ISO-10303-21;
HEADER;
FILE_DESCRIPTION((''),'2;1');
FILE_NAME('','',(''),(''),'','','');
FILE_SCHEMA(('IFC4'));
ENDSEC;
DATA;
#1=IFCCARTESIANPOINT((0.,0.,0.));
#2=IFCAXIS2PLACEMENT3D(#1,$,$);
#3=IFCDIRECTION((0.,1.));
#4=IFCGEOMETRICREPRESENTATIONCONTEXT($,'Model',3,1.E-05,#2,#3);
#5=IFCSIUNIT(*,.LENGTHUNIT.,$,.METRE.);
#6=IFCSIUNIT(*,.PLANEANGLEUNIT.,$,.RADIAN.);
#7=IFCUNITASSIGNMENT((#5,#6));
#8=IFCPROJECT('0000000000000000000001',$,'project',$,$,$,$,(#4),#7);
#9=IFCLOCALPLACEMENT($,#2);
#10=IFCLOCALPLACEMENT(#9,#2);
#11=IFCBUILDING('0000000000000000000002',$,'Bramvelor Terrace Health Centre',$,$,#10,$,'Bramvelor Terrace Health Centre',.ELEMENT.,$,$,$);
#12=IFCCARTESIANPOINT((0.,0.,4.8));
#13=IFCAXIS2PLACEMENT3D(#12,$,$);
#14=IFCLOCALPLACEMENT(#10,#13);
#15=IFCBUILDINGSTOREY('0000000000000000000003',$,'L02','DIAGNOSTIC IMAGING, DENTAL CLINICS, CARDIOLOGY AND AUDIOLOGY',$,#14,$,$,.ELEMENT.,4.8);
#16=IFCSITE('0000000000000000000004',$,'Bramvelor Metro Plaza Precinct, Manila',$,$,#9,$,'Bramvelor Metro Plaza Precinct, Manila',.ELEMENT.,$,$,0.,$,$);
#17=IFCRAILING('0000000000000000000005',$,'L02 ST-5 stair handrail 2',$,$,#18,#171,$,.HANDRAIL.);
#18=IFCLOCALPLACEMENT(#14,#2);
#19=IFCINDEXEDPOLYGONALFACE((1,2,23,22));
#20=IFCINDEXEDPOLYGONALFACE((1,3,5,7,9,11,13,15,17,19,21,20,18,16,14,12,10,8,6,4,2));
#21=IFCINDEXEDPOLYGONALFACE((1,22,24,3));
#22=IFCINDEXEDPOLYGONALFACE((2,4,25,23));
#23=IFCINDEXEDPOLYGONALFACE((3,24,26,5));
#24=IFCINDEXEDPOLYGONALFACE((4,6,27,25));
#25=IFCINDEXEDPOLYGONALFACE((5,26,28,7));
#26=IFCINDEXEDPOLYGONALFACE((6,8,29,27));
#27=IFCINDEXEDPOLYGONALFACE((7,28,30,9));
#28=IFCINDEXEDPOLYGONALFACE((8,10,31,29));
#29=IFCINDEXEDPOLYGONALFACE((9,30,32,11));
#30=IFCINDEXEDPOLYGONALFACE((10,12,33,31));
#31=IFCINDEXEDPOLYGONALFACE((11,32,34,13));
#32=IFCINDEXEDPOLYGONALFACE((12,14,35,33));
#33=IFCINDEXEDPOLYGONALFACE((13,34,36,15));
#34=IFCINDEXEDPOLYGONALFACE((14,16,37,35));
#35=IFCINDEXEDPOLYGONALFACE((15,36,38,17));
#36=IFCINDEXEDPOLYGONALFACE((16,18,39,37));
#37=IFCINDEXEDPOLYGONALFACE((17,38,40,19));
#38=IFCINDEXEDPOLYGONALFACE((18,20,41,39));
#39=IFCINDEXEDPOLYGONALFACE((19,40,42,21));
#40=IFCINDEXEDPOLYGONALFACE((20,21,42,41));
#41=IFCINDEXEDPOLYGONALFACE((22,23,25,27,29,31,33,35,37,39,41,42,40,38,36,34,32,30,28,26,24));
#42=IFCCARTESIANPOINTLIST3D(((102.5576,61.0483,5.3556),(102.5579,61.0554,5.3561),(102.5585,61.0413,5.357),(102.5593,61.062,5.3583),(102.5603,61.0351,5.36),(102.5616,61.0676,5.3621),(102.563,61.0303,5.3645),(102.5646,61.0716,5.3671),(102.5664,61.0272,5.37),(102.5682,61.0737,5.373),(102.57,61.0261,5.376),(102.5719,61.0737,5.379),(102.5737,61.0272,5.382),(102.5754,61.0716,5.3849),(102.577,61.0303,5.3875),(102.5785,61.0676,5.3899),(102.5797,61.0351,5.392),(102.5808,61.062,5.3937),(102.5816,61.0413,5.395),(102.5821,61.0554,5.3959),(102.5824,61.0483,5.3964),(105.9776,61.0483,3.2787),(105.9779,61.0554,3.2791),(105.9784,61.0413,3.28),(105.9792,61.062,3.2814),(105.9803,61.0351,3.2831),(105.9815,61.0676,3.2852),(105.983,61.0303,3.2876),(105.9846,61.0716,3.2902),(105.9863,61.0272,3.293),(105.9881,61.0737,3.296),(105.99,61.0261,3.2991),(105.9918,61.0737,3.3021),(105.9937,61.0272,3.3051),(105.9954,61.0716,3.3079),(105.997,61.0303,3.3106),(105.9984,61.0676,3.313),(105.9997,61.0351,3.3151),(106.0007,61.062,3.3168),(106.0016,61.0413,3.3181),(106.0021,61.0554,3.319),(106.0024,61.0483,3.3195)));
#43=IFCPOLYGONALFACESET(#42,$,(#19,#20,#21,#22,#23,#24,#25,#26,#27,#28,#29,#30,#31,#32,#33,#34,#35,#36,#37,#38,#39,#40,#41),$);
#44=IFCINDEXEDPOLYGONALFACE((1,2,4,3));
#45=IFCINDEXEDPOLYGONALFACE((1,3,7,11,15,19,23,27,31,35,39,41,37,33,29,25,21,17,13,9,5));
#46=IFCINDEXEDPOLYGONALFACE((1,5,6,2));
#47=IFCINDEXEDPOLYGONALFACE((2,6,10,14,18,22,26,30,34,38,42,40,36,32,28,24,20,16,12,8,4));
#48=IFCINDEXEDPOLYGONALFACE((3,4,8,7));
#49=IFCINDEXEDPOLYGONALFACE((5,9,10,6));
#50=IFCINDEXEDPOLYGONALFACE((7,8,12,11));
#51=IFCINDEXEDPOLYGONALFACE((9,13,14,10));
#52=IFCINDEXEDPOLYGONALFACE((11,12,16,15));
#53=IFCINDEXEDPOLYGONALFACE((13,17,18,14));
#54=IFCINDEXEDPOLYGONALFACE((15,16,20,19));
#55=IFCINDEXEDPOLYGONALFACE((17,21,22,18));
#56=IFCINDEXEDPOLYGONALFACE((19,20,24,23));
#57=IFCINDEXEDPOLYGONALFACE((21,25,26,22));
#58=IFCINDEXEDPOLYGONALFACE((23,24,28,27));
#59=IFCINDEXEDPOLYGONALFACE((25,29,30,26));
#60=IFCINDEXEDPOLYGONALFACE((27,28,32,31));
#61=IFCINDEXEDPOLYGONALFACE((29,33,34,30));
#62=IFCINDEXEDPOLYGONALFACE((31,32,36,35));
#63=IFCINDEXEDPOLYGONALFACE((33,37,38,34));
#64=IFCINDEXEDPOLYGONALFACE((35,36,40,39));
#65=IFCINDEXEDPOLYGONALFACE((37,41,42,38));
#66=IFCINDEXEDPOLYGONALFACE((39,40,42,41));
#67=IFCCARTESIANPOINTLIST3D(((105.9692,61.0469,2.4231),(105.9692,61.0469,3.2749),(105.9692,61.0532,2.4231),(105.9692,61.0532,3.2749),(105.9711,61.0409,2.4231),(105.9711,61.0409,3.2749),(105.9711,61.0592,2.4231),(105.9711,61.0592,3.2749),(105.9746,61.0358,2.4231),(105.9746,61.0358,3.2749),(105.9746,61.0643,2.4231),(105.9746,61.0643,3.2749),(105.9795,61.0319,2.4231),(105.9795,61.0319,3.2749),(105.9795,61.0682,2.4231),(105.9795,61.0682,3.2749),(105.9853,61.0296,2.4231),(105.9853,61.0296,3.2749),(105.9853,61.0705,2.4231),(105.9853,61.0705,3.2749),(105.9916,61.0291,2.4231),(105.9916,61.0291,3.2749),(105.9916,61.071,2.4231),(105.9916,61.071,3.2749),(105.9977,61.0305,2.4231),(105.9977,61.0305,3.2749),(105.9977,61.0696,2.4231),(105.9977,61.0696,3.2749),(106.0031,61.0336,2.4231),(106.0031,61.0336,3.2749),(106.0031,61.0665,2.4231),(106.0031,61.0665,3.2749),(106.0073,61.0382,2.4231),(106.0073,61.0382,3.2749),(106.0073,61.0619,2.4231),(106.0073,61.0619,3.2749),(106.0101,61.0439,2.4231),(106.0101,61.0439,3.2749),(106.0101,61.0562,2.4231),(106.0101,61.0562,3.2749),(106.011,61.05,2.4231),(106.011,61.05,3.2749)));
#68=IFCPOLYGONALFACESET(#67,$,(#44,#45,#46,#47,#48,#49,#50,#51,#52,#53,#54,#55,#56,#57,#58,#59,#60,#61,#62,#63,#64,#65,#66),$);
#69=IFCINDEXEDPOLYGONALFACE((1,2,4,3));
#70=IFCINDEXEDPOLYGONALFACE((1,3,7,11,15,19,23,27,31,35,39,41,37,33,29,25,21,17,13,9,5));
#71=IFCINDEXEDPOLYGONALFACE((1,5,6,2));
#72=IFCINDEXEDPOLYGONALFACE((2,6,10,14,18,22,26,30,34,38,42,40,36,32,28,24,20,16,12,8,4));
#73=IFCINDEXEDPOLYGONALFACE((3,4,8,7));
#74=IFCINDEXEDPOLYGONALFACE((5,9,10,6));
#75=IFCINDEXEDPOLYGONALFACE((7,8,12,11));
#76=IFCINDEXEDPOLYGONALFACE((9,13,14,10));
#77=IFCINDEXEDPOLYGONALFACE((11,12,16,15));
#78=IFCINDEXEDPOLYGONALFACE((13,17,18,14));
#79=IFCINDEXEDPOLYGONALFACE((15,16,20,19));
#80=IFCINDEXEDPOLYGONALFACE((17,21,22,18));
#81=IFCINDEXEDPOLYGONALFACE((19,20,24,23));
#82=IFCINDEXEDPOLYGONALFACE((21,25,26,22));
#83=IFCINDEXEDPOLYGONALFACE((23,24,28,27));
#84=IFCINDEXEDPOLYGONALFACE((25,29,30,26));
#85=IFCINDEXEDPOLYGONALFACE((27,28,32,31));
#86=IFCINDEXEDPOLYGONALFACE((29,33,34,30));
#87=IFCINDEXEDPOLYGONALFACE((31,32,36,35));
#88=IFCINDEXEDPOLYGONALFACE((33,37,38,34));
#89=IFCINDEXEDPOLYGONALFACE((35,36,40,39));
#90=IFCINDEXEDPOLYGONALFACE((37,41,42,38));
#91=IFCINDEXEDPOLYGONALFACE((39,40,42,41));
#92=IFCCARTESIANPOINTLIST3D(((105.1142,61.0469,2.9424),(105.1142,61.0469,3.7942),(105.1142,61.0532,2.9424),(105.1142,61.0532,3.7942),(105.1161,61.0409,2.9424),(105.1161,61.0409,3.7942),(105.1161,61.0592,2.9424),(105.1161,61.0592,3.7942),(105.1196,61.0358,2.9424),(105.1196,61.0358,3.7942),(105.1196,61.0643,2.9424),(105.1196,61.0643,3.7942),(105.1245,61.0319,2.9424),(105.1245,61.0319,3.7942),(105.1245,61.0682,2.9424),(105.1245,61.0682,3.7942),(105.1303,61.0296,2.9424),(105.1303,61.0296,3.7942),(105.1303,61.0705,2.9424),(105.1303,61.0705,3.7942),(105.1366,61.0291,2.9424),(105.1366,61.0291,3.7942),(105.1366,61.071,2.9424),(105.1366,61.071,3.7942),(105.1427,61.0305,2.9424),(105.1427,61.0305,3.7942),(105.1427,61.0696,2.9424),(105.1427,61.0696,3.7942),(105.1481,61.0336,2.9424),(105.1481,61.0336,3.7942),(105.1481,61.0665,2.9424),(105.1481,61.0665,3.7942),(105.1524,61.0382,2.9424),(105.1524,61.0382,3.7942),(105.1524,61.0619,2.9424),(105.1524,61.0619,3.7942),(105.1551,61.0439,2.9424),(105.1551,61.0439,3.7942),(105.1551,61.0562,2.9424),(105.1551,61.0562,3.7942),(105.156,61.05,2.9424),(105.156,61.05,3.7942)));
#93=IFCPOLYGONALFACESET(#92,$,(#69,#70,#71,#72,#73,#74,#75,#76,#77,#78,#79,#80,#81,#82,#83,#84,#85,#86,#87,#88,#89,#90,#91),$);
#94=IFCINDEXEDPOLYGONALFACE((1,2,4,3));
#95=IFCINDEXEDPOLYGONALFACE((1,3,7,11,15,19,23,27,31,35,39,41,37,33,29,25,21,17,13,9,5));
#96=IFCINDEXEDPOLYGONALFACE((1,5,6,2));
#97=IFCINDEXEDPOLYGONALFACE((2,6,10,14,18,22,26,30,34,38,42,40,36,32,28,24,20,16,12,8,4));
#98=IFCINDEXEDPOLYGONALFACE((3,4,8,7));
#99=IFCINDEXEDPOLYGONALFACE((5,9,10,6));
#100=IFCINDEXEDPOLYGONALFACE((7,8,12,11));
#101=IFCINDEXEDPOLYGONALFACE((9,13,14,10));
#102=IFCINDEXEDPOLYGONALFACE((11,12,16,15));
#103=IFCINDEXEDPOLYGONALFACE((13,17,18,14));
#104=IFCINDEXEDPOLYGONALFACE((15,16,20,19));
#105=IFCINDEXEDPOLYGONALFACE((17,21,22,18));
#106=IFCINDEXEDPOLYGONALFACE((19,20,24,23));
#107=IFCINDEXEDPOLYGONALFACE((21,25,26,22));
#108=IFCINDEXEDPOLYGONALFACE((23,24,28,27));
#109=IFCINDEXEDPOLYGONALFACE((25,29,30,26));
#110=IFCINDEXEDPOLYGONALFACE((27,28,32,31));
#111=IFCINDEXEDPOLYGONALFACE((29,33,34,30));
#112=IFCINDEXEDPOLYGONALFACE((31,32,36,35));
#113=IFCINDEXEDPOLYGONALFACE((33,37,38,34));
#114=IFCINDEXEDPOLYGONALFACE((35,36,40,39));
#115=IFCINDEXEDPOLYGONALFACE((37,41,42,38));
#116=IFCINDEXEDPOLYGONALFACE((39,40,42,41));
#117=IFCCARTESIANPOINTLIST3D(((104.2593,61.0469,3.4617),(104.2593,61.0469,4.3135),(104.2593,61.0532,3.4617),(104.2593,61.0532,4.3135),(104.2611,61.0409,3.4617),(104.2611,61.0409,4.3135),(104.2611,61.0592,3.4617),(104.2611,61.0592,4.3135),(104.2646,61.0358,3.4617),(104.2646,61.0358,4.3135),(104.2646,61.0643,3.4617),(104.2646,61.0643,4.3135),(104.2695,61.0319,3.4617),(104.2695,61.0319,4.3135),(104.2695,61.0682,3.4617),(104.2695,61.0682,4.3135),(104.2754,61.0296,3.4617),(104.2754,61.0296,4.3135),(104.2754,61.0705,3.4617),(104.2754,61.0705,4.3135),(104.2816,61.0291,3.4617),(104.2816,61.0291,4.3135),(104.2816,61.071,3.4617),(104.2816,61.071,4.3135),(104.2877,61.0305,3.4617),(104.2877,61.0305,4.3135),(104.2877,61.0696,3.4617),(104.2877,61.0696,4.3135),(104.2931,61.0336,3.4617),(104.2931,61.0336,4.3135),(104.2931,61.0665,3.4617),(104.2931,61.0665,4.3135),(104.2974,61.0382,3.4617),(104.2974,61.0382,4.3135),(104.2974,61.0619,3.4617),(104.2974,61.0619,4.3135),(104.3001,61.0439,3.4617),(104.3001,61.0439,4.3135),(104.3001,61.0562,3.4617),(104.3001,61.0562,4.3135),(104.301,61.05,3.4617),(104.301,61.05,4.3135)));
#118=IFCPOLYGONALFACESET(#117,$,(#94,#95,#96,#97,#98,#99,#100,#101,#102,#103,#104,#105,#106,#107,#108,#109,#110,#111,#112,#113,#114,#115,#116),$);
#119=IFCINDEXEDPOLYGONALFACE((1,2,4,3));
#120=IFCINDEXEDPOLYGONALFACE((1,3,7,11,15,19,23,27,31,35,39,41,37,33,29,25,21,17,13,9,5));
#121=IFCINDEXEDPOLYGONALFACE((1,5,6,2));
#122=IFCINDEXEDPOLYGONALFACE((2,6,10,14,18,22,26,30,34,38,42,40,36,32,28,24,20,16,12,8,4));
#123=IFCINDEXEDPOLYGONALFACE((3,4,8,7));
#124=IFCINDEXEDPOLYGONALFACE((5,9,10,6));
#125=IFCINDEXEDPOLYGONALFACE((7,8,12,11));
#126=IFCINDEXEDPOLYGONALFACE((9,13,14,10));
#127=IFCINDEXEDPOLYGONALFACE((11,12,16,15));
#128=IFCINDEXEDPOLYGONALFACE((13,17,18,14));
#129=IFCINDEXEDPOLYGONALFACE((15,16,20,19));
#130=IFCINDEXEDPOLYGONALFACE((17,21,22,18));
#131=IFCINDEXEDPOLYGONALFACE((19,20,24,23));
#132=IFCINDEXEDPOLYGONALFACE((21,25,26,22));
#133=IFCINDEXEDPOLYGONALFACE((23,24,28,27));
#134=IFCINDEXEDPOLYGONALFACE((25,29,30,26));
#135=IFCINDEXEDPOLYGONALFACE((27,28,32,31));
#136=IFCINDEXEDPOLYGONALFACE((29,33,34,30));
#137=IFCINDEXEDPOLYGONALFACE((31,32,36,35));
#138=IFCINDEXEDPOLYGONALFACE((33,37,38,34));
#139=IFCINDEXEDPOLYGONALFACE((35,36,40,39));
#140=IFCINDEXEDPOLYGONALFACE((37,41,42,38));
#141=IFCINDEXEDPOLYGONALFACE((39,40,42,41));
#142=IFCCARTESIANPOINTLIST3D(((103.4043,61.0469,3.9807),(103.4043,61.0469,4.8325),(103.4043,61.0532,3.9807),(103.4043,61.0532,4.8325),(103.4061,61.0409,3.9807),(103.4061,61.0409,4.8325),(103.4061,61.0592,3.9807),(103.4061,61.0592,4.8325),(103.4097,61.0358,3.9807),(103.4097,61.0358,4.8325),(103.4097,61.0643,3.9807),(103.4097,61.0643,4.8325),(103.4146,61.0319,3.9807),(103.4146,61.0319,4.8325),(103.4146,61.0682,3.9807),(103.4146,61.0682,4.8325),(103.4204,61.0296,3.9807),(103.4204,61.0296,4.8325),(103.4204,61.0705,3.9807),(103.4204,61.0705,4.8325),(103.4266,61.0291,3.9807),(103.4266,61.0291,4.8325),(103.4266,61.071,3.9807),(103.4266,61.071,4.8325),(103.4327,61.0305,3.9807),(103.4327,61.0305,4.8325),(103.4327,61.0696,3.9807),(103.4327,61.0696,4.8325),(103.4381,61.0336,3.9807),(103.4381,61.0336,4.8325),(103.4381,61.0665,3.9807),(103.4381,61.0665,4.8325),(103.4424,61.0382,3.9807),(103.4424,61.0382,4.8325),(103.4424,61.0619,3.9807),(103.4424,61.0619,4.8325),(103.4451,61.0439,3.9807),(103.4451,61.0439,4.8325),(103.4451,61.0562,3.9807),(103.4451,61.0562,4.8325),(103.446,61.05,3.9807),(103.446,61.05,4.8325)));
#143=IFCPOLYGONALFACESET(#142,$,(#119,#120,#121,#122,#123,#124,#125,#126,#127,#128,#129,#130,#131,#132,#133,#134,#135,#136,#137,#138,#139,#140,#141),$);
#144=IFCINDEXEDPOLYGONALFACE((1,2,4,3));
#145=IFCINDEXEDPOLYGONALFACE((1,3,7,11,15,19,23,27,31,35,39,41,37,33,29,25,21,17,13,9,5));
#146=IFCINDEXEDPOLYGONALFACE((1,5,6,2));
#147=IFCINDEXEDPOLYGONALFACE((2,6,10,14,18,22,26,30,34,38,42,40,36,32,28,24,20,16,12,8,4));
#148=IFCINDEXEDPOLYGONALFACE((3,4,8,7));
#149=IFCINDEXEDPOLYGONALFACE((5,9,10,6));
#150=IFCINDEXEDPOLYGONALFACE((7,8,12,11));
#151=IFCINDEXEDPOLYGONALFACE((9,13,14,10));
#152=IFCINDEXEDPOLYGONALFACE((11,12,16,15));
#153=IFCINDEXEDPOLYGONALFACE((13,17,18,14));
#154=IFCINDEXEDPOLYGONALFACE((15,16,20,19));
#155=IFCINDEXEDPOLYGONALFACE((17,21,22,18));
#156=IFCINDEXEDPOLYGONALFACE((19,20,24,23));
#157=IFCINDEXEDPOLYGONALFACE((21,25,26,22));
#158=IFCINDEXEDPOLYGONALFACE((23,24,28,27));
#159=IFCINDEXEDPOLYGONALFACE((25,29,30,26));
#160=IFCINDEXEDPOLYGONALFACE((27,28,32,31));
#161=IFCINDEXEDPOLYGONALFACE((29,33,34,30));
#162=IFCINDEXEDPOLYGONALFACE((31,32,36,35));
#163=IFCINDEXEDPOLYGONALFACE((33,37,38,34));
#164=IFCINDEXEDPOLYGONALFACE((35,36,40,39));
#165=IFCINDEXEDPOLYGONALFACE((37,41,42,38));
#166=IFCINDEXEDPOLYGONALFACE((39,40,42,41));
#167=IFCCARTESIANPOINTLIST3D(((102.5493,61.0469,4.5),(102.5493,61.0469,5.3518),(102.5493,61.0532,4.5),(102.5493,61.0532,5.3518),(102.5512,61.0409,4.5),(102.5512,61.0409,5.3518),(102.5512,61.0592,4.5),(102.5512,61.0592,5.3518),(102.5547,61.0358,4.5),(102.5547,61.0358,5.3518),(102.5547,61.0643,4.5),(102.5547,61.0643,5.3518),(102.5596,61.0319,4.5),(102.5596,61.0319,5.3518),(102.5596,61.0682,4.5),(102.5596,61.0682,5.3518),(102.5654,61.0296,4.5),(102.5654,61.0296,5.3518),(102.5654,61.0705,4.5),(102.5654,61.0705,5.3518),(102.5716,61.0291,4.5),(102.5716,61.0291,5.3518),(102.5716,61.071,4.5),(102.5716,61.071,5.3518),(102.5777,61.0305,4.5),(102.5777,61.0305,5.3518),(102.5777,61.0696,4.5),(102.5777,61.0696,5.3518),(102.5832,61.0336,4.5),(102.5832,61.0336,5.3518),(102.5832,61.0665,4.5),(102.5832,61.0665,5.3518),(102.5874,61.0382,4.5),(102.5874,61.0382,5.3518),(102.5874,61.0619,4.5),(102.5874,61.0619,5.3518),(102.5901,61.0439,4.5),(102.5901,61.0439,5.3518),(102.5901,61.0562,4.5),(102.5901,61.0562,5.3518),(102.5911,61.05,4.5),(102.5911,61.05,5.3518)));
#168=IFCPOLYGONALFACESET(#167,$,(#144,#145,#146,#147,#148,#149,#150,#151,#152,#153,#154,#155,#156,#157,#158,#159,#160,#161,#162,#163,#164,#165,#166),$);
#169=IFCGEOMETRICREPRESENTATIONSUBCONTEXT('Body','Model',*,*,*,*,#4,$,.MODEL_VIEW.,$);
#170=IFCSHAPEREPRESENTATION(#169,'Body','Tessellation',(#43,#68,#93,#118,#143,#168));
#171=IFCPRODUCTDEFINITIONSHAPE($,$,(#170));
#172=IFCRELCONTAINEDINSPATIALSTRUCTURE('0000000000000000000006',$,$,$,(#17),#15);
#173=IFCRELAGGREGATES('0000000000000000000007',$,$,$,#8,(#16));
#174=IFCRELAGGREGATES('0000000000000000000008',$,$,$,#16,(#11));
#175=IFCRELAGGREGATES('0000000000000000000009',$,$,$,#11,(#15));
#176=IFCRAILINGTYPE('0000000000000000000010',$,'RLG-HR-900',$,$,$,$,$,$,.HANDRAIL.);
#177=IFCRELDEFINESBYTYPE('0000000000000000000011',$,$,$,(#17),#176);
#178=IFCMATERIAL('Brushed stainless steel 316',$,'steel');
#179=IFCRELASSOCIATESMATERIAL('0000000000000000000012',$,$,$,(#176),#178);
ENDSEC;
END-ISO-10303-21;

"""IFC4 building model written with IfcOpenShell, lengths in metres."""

from ifc_helpers import new_model, si_unit, direction, frame, origin, origin_2d, place, context, subcontext, project, spatial, circle, extrude, material, type_object, element, save


model = new_model("IFC4")

# Units and contexts
model_context = context("Model", 3, precision=1e-05, world=origin(), true_north=direction((0.0, 1.0)))
body_context = subcontext(model_context, "Body", "Model", "MODEL_VIEW")
ifc_project = project(units=[si_unit("LENGTHUNIT", "METRE"), si_unit("PLANEANGLEUNIT", "RADIAN")], contexts=[model_context])

# Site, building, storey
site_placement = place(None, origin())
site = spatial("IfcSite", under=ifc_project, at=site_placement, Name="Bramvelor Metro Plaza Precinct, Manila", LongName="Bramvelor Metro Plaza Precinct, Manila", CompositionType="ELEMENT", RefElevation=0.0)
building_placement = place(site_placement, origin())
building = spatial("IfcBuilding", under=site, at=building_placement, Name="Bramvelor Terrace Health Centre", LongName="Bramvelor Terrace Health Centre", CompositionType="ELEMENT")
storey_placement = place(building_placement, frame((0.0, 0.0, 4.8)))
storey = spatial("IfcBuildingStorey", under=building, at=storey_placement, Name="L02", Description="DIAGNOSTIC IMAGING, DENTAL CLINICS, CARDIOLOGY AND AUDIOLOGY", CompositionType="ELEMENT", Elevation=4.8)

# Railing
ifc_material_1 = material(Name="Brushed stainless steel 316", Category="steel")
railing_type_1 = type_object("IfcRailingType", Name="RLG-HR-900", PredefinedType="HANDRAIL", material=ifc_material_1)
railing_1_placement = place(storey_placement, frame((105.99, 61.05, 2.4231)))
element("IfcRailing", 1, at=railing_1_placement, inside=storey, type_object=railing_type_1, Name="L02 ST-5 stair handrail 2", PredefinedType="HANDRAIL", context=body_context, shape_type="SweptSolid", body=[
    extrude(circle(Radius=0.0239, at=origin_2d()), frame((0.0, 0.0, 0.876), z_axis=(-0.85473, 0.0, 0.519074), x_axis=(0.0, -1.0, 0.0)), (0.0, 0.0, 1.0), 4.0012),
    extrude(circle(Radius=0.021, at=origin_2d()), origin(), (0.0, 0.0, 1.0), 0.8518),
    extrude(circle(Radius=0.021, at=origin_2d()), frame((-0.855, 0.0, 0.5193)), (0.0, 0.0, 1.0), 0.8518),
    extrude(circle(Radius=0.021, at=origin_2d()), frame((-1.71, 0.0, 1.0386)), (0.0, 0.0, 1.0), 0.8518),
    extrude(circle(Radius=0.021, at=origin_2d()), frame((-2.5649, 0.0, 1.5576)), (0.0, 0.0, 1.0), 0.8518),
    extrude(circle(Radius=0.021, at=origin_2d()), frame((-3.4199, 0.0, 2.0769)), (0.0, 0.0, 1.0), 0.8518),
])

save(model, "model.ifc")
